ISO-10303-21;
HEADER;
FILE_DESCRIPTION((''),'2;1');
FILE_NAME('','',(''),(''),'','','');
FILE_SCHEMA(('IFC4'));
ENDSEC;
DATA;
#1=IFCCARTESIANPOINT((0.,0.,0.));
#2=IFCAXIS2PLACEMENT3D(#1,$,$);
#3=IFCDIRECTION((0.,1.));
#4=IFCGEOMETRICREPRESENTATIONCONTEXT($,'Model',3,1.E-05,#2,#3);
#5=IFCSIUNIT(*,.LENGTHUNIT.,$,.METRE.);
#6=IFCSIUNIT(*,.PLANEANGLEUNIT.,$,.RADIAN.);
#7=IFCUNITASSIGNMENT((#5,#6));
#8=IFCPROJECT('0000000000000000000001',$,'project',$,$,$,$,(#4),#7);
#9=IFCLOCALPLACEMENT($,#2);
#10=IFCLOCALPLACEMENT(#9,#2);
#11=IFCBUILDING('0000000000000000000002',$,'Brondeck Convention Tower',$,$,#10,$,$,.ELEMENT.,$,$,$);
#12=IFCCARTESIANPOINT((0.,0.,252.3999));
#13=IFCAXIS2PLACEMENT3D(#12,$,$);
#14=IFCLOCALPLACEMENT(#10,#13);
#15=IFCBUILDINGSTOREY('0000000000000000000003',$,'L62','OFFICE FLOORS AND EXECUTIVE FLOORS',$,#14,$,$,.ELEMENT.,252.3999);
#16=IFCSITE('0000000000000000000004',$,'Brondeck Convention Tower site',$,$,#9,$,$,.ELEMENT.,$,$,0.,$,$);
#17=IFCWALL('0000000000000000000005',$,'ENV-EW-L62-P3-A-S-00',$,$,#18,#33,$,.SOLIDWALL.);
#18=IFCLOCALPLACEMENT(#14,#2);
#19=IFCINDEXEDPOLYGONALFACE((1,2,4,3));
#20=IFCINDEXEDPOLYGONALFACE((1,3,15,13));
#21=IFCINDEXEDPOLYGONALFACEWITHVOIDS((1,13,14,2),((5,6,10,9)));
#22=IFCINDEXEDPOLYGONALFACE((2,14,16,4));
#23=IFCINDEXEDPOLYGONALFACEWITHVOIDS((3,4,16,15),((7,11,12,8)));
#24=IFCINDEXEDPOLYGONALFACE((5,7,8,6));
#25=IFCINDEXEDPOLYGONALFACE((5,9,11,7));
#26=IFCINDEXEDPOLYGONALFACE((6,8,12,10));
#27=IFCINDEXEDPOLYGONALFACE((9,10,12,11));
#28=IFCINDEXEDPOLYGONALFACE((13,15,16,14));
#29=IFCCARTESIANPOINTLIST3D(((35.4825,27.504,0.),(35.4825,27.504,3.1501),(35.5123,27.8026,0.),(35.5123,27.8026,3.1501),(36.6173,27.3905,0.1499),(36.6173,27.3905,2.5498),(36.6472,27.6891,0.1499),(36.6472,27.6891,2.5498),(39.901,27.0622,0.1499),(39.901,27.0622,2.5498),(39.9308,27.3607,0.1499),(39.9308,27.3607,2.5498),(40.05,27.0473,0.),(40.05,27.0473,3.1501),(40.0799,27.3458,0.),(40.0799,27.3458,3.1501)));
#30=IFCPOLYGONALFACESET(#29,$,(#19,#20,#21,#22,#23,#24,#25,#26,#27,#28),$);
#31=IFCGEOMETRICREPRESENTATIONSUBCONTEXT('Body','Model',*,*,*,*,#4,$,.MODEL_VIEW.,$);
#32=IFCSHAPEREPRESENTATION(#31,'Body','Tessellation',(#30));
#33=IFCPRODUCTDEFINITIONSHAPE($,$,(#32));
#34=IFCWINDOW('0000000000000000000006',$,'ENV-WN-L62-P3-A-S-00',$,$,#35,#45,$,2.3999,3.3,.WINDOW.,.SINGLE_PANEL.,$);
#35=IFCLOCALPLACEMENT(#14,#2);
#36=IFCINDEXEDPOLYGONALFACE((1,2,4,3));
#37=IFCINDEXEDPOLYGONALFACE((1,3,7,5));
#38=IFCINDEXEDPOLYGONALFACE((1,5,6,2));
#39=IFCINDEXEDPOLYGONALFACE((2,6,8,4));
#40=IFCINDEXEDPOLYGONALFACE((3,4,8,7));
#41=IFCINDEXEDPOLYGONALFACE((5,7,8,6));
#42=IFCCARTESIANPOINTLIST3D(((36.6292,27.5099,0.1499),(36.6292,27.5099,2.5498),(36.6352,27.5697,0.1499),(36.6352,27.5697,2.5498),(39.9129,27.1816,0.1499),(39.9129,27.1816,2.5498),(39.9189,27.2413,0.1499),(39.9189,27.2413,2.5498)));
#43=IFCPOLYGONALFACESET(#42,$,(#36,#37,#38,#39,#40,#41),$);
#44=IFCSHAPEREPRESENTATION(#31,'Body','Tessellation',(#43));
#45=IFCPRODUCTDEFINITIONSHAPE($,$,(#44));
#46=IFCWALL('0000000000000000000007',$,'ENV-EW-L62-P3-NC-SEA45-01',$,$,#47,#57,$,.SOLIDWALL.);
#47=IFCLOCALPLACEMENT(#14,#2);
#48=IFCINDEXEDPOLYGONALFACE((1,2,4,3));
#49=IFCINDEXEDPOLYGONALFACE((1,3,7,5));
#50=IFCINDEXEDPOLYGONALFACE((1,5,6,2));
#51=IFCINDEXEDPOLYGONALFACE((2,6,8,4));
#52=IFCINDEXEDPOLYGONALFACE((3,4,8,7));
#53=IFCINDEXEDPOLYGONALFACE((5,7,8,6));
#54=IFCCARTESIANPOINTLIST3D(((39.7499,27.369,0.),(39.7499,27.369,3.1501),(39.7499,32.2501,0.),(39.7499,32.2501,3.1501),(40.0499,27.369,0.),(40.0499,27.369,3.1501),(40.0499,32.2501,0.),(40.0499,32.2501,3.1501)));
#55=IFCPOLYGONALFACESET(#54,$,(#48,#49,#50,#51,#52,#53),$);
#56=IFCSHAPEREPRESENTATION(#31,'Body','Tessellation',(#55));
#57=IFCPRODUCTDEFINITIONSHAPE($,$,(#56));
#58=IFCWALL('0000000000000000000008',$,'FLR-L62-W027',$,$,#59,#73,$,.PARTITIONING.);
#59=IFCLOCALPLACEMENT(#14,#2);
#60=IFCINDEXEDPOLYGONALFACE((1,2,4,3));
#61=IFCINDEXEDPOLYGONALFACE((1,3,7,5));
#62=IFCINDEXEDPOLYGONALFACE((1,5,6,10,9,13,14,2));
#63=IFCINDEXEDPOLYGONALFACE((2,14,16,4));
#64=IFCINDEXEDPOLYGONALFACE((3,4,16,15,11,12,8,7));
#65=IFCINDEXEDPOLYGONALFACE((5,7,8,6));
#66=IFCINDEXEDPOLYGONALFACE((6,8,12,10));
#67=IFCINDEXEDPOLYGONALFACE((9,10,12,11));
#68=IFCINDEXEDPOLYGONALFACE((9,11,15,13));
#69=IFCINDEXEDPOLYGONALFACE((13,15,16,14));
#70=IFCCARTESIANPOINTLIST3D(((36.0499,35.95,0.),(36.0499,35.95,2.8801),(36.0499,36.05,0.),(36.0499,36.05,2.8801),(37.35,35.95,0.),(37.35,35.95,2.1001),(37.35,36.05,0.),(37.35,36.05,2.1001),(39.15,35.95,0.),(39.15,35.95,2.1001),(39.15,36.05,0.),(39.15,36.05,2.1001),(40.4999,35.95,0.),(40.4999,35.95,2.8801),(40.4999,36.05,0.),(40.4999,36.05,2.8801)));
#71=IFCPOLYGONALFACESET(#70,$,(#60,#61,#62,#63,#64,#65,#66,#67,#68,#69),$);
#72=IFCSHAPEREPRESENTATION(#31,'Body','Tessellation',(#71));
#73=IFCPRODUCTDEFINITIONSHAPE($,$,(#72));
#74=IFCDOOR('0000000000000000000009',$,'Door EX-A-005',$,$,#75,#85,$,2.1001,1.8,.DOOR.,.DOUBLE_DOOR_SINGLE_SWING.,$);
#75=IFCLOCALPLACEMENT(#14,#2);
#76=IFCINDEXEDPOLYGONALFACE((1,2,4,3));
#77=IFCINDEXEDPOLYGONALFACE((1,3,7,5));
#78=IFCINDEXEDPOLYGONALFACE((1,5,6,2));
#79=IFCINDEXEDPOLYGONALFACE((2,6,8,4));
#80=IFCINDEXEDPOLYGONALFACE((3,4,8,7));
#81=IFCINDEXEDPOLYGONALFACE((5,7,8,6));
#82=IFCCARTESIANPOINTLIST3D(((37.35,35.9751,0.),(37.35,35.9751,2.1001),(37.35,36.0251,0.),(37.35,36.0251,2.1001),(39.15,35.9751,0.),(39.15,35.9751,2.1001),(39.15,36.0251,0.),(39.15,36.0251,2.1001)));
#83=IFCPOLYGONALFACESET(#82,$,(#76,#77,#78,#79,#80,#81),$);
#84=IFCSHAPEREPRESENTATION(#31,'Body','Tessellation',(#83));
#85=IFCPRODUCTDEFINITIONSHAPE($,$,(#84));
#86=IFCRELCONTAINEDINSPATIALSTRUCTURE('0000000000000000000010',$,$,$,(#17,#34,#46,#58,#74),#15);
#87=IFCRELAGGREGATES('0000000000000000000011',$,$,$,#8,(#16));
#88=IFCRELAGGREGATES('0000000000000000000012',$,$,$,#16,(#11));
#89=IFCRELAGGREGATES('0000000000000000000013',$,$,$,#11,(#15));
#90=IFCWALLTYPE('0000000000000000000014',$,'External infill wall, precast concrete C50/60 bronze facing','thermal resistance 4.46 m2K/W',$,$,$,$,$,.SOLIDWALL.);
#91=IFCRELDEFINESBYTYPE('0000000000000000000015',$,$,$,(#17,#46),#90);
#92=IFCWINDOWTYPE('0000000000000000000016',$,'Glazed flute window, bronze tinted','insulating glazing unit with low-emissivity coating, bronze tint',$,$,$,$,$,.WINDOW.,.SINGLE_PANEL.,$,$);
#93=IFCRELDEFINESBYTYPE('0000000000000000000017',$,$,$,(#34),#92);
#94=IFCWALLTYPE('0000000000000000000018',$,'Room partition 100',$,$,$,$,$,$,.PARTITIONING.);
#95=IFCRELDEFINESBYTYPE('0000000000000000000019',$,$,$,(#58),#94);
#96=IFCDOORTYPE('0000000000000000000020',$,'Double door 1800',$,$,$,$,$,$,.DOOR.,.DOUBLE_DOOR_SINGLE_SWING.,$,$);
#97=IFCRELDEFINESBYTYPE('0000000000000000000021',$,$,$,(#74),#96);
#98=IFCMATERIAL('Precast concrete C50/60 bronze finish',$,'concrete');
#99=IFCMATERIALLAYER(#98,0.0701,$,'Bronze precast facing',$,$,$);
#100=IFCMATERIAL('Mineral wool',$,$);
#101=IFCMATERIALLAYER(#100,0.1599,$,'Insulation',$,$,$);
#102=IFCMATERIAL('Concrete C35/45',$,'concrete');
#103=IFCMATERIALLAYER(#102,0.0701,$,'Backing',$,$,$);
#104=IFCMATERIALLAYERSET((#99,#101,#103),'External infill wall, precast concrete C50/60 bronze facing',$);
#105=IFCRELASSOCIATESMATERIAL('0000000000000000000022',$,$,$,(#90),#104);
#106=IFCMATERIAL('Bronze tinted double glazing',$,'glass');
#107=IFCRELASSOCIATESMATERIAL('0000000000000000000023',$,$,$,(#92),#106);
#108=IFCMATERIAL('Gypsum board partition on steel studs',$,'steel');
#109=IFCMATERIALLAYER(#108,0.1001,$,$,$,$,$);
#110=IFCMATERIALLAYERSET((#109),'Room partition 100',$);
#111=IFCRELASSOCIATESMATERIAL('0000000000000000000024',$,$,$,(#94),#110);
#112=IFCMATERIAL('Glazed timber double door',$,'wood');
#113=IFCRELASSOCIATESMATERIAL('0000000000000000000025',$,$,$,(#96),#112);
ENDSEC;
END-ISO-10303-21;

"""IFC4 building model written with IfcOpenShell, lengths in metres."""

from ifc_helpers import new_model, si_unit, direction, frame, frame_2d, origin, place, context, subcontext, project, spatial, rectangle, extrude, material, layer, layer_set, type_object, element, fill, save


model = new_model("IFC4")

# Units and contexts
model_context = context("Model", 3, precision=1e-05, world=origin(), true_north=direction((0.0, 1.0)))
body_context = subcontext(model_context, "Body", "Model", "MODEL_VIEW")
ifc_project = project(units=[si_unit("LENGTHUNIT", "METRE"), si_unit("PLANEANGLEUNIT", "RADIAN")], contexts=[model_context])

# Site, building, storey
site_placement = place(None, origin())
site = spatial("IfcSite", under=ifc_project, at=site_placement, Name="Brondeck Convention Tower site", CompositionType="ELEMENT", RefElevation=0.0)
building_placement = place(site_placement, origin())
building = spatial("IfcBuilding", under=site, at=building_placement, Name="Brondeck Convention Tower", CompositionType="ELEMENT")
storey_placement = place(building_placement, frame((0.0, 0.0, 252.3999)))
storey = spatial("IfcBuildingStorey", under=building, at=storey_placement, Name="L62", Description="OFFICE FLOORS AND EXECUTIVE FLOORS", CompositionType="ELEMENT", Elevation=252.3999)

# Shared definitions
ifc_material_1 = material(Name="Precast concrete C50/60 bronze finish", Category="concrete")
ifc_layer_1 = layer(ifc_material_1, 0.0701, Name="Bronze precast facing")
ifc_material_2 = material(Name="Mineral wool")
ifc_layer_2 = layer(ifc_material_2, 0.1599, Name="Insulation")
ifc_material_3 = material(Name="Concrete C35/45", Category="concrete")
ifc_layer_3 = layer(ifc_material_3, 0.0701, Name="Backing")
ifc_layer_set_1 = layer_set([ifc_layer_1, ifc_layer_2, ifc_layer_3], Name="External infill wall, precast concrete C50/60 bronze facing")
wall_type_1 = type_object("IfcWallType", Name="External infill wall, precast concrete C50/60 bronze facing", Description="thermal resistance 4.46 m2K/W", PredefinedType="SOLIDWALL", material=ifc_layer_set_1)

# Wall, opening, window
wall_1_placement = place(storey_placement, frame((40.0649, 27.1965, 0.0), z_axis=(0.0, 0.0, 1.0), x_axis=(-0.995037, 0.099509, 0.0)))
wall_1 = element("IfcWall", 1, at=wall_1_placement, inside=storey, type_object=wall_type_1, Name="ENV-EW-L62-P3-A-S-00", PredefinedType="SOLIDWALL", context=body_context, shape_type="SweptSolid", body=[
    extrude(rectangle(XDim=4.5903, YDim=0.3, at=frame_2d((2.2952, 0.0))), origin(), (0.0, 0.0, 1.0), 3.1501),
])
opening_1_placement = place(wall_1_placement, frame((0.1499, 0.0, 0.1499)))
opening_1 = element("IfcOpeningElement", 2, at=opening_1_placement, cuts=wall_1, PredefinedType="OPENING", context=body_context, shape_type="SweptSolid", body=[
    extrude(rectangle(XDim=3.3, YDim=2.3999, at=frame_2d((1.6499, 1.2))), frame((0.0, 0.1599, 0.0), z_axis=(0.0, -1.0, 0.0), x_axis=(1.0, 0.0, 0.0)), (0.0, 0.0, 1.0), 0.3201),
])
ifc_material_4 = material(Name="Bronze tinted double glazing", Category="glass")
window_type = type_object("IfcWindowType", Name="Glazed flute window, bronze tinted", Description="insulating glazing unit with low-emissivity coating, bronze tint", PartitioningType="SINGLE_PANEL", PredefinedType="WINDOW", material=ifc_material_4)
window_placement = place(opening_1_placement, origin())
window = element("IfcWindow", 3, at=window_placement, inside=storey, type_object=window_type, Name="ENV-WN-L62-P3-A-S-00", OverallHeight=2.3999, OverallWidth=3.3, PartitioningType="SINGLE_PANEL", PredefinedType="WINDOW", context=body_context, shape_type="SweptSolid", body=[
    extrude(rectangle(XDim=3.3, YDim=2.3999, at=frame_2d((1.6499, 1.2))), frame((0.0, 0.03, 0.0), z_axis=(0.0, -1.0, 0.0), x_axis=(1.0, 0.0, 0.0)), (0.0, 0.0, 1.0), 0.0601),
])
fill(opening_1, window)

# Wall
wall_2_placement = place(storey_placement, frame((39.8999, 32.25, 0.0), z_axis=(0.0, 0.0, 1.0), x_axis=(0.0, -1.0, 0.0)))
element("IfcWall", 4, at=wall_2_placement, inside=storey, type_object=wall_type_1, Name="ENV-EW-L62-P3-NC-SEA45-01", PredefinedType="SOLIDWALL", context=body_context, shape_type="SweptSolid", body=[
    extrude(rectangle(XDim=4.8811, YDim=0.3, at=frame_2d((2.4404, 0.0))), origin(), (0.0, 0.0, 1.0), 3.1501),
])

# Wall, opening, door
ifc_material_5 = material(Name="Gypsum board partition on steel studs", Category="steel")
ifc_layer_4 = layer(ifc_material_5, 0.1001)
ifc_layer_set_2 = layer_set([ifc_layer_4], Name="Room partition 100")
wall_type_2 = type_object("IfcWallType", Name="Room partition 100", PredefinedType="PARTITIONING", material=ifc_layer_set_2)
wall_3_placement = place(storey_placement, frame((40.5, 36.0, 0.0), z_axis=(0.0, 0.0, 1.0), x_axis=(-1.0, 0.0, 0.0)))
wall_3 = element("IfcWall", 5, at=wall_3_placement, inside=storey, type_object=wall_type_2, Name="FLR-L62-W027", PredefinedType="PARTITIONING", context=body_context, shape_type="SweptSolid", body=[
    extrude(rectangle(XDim=4.45, YDim=0.1001, at=frame_2d((2.2251, 0.0))), origin(), (0.0, 0.0, 1.0), 2.8801),
])
opening_2_placement = place(wall_3_placement, frame((1.3501, 0.0, 0.0)))
opening_2 = element("IfcOpeningElement", 6, at=opening_2_placement, cuts=wall_3, PredefinedType="OPENING", context=body_context, shape_type="SweptSolid", body=[
    extrude(rectangle(XDim=1.8, YDim=2.1001, at=frame_2d((0.8999, 1.05))), frame((0.0, 0.0601, 0.0), z_axis=(0.0, -1.0, 0.0), x_axis=(1.0, 0.0, 0.0)), (0.0, 0.0, 1.0), 0.1201),
])
ifc_material_6 = material(Name="Glazed timber double door", Category="wood")
door_type = type_object("IfcDoorType", Name="Double door 1800", OperationType="DOUBLE_DOOR_SINGLE_SWING", PredefinedType="DOOR", material=ifc_material_6)
door_placement = place(opening_2_placement, origin())
door = element("IfcDoor", 7, at=door_placement, inside=storey, type_object=door_type, Name="Door EX-A-005", OperationType="DOUBLE_DOOR_SINGLE_SWING", OverallHeight=2.1001, OverallWidth=1.8, PredefinedType="DOOR", context=body_context, shape_type="SweptSolid", body=[
    extrude(rectangle(XDim=1.8, YDim=2.1001, at=frame_2d((0.8999, 1.05))), frame((0.0, 0.0249, 0.0), z_axis=(0.0, -1.0, 0.0), x_axis=(1.0, 0.0, 0.0)), (0.0, 0.0, 1.0), 0.05),
])
fill(opening_2, door)

save(model, "model.ifc")
